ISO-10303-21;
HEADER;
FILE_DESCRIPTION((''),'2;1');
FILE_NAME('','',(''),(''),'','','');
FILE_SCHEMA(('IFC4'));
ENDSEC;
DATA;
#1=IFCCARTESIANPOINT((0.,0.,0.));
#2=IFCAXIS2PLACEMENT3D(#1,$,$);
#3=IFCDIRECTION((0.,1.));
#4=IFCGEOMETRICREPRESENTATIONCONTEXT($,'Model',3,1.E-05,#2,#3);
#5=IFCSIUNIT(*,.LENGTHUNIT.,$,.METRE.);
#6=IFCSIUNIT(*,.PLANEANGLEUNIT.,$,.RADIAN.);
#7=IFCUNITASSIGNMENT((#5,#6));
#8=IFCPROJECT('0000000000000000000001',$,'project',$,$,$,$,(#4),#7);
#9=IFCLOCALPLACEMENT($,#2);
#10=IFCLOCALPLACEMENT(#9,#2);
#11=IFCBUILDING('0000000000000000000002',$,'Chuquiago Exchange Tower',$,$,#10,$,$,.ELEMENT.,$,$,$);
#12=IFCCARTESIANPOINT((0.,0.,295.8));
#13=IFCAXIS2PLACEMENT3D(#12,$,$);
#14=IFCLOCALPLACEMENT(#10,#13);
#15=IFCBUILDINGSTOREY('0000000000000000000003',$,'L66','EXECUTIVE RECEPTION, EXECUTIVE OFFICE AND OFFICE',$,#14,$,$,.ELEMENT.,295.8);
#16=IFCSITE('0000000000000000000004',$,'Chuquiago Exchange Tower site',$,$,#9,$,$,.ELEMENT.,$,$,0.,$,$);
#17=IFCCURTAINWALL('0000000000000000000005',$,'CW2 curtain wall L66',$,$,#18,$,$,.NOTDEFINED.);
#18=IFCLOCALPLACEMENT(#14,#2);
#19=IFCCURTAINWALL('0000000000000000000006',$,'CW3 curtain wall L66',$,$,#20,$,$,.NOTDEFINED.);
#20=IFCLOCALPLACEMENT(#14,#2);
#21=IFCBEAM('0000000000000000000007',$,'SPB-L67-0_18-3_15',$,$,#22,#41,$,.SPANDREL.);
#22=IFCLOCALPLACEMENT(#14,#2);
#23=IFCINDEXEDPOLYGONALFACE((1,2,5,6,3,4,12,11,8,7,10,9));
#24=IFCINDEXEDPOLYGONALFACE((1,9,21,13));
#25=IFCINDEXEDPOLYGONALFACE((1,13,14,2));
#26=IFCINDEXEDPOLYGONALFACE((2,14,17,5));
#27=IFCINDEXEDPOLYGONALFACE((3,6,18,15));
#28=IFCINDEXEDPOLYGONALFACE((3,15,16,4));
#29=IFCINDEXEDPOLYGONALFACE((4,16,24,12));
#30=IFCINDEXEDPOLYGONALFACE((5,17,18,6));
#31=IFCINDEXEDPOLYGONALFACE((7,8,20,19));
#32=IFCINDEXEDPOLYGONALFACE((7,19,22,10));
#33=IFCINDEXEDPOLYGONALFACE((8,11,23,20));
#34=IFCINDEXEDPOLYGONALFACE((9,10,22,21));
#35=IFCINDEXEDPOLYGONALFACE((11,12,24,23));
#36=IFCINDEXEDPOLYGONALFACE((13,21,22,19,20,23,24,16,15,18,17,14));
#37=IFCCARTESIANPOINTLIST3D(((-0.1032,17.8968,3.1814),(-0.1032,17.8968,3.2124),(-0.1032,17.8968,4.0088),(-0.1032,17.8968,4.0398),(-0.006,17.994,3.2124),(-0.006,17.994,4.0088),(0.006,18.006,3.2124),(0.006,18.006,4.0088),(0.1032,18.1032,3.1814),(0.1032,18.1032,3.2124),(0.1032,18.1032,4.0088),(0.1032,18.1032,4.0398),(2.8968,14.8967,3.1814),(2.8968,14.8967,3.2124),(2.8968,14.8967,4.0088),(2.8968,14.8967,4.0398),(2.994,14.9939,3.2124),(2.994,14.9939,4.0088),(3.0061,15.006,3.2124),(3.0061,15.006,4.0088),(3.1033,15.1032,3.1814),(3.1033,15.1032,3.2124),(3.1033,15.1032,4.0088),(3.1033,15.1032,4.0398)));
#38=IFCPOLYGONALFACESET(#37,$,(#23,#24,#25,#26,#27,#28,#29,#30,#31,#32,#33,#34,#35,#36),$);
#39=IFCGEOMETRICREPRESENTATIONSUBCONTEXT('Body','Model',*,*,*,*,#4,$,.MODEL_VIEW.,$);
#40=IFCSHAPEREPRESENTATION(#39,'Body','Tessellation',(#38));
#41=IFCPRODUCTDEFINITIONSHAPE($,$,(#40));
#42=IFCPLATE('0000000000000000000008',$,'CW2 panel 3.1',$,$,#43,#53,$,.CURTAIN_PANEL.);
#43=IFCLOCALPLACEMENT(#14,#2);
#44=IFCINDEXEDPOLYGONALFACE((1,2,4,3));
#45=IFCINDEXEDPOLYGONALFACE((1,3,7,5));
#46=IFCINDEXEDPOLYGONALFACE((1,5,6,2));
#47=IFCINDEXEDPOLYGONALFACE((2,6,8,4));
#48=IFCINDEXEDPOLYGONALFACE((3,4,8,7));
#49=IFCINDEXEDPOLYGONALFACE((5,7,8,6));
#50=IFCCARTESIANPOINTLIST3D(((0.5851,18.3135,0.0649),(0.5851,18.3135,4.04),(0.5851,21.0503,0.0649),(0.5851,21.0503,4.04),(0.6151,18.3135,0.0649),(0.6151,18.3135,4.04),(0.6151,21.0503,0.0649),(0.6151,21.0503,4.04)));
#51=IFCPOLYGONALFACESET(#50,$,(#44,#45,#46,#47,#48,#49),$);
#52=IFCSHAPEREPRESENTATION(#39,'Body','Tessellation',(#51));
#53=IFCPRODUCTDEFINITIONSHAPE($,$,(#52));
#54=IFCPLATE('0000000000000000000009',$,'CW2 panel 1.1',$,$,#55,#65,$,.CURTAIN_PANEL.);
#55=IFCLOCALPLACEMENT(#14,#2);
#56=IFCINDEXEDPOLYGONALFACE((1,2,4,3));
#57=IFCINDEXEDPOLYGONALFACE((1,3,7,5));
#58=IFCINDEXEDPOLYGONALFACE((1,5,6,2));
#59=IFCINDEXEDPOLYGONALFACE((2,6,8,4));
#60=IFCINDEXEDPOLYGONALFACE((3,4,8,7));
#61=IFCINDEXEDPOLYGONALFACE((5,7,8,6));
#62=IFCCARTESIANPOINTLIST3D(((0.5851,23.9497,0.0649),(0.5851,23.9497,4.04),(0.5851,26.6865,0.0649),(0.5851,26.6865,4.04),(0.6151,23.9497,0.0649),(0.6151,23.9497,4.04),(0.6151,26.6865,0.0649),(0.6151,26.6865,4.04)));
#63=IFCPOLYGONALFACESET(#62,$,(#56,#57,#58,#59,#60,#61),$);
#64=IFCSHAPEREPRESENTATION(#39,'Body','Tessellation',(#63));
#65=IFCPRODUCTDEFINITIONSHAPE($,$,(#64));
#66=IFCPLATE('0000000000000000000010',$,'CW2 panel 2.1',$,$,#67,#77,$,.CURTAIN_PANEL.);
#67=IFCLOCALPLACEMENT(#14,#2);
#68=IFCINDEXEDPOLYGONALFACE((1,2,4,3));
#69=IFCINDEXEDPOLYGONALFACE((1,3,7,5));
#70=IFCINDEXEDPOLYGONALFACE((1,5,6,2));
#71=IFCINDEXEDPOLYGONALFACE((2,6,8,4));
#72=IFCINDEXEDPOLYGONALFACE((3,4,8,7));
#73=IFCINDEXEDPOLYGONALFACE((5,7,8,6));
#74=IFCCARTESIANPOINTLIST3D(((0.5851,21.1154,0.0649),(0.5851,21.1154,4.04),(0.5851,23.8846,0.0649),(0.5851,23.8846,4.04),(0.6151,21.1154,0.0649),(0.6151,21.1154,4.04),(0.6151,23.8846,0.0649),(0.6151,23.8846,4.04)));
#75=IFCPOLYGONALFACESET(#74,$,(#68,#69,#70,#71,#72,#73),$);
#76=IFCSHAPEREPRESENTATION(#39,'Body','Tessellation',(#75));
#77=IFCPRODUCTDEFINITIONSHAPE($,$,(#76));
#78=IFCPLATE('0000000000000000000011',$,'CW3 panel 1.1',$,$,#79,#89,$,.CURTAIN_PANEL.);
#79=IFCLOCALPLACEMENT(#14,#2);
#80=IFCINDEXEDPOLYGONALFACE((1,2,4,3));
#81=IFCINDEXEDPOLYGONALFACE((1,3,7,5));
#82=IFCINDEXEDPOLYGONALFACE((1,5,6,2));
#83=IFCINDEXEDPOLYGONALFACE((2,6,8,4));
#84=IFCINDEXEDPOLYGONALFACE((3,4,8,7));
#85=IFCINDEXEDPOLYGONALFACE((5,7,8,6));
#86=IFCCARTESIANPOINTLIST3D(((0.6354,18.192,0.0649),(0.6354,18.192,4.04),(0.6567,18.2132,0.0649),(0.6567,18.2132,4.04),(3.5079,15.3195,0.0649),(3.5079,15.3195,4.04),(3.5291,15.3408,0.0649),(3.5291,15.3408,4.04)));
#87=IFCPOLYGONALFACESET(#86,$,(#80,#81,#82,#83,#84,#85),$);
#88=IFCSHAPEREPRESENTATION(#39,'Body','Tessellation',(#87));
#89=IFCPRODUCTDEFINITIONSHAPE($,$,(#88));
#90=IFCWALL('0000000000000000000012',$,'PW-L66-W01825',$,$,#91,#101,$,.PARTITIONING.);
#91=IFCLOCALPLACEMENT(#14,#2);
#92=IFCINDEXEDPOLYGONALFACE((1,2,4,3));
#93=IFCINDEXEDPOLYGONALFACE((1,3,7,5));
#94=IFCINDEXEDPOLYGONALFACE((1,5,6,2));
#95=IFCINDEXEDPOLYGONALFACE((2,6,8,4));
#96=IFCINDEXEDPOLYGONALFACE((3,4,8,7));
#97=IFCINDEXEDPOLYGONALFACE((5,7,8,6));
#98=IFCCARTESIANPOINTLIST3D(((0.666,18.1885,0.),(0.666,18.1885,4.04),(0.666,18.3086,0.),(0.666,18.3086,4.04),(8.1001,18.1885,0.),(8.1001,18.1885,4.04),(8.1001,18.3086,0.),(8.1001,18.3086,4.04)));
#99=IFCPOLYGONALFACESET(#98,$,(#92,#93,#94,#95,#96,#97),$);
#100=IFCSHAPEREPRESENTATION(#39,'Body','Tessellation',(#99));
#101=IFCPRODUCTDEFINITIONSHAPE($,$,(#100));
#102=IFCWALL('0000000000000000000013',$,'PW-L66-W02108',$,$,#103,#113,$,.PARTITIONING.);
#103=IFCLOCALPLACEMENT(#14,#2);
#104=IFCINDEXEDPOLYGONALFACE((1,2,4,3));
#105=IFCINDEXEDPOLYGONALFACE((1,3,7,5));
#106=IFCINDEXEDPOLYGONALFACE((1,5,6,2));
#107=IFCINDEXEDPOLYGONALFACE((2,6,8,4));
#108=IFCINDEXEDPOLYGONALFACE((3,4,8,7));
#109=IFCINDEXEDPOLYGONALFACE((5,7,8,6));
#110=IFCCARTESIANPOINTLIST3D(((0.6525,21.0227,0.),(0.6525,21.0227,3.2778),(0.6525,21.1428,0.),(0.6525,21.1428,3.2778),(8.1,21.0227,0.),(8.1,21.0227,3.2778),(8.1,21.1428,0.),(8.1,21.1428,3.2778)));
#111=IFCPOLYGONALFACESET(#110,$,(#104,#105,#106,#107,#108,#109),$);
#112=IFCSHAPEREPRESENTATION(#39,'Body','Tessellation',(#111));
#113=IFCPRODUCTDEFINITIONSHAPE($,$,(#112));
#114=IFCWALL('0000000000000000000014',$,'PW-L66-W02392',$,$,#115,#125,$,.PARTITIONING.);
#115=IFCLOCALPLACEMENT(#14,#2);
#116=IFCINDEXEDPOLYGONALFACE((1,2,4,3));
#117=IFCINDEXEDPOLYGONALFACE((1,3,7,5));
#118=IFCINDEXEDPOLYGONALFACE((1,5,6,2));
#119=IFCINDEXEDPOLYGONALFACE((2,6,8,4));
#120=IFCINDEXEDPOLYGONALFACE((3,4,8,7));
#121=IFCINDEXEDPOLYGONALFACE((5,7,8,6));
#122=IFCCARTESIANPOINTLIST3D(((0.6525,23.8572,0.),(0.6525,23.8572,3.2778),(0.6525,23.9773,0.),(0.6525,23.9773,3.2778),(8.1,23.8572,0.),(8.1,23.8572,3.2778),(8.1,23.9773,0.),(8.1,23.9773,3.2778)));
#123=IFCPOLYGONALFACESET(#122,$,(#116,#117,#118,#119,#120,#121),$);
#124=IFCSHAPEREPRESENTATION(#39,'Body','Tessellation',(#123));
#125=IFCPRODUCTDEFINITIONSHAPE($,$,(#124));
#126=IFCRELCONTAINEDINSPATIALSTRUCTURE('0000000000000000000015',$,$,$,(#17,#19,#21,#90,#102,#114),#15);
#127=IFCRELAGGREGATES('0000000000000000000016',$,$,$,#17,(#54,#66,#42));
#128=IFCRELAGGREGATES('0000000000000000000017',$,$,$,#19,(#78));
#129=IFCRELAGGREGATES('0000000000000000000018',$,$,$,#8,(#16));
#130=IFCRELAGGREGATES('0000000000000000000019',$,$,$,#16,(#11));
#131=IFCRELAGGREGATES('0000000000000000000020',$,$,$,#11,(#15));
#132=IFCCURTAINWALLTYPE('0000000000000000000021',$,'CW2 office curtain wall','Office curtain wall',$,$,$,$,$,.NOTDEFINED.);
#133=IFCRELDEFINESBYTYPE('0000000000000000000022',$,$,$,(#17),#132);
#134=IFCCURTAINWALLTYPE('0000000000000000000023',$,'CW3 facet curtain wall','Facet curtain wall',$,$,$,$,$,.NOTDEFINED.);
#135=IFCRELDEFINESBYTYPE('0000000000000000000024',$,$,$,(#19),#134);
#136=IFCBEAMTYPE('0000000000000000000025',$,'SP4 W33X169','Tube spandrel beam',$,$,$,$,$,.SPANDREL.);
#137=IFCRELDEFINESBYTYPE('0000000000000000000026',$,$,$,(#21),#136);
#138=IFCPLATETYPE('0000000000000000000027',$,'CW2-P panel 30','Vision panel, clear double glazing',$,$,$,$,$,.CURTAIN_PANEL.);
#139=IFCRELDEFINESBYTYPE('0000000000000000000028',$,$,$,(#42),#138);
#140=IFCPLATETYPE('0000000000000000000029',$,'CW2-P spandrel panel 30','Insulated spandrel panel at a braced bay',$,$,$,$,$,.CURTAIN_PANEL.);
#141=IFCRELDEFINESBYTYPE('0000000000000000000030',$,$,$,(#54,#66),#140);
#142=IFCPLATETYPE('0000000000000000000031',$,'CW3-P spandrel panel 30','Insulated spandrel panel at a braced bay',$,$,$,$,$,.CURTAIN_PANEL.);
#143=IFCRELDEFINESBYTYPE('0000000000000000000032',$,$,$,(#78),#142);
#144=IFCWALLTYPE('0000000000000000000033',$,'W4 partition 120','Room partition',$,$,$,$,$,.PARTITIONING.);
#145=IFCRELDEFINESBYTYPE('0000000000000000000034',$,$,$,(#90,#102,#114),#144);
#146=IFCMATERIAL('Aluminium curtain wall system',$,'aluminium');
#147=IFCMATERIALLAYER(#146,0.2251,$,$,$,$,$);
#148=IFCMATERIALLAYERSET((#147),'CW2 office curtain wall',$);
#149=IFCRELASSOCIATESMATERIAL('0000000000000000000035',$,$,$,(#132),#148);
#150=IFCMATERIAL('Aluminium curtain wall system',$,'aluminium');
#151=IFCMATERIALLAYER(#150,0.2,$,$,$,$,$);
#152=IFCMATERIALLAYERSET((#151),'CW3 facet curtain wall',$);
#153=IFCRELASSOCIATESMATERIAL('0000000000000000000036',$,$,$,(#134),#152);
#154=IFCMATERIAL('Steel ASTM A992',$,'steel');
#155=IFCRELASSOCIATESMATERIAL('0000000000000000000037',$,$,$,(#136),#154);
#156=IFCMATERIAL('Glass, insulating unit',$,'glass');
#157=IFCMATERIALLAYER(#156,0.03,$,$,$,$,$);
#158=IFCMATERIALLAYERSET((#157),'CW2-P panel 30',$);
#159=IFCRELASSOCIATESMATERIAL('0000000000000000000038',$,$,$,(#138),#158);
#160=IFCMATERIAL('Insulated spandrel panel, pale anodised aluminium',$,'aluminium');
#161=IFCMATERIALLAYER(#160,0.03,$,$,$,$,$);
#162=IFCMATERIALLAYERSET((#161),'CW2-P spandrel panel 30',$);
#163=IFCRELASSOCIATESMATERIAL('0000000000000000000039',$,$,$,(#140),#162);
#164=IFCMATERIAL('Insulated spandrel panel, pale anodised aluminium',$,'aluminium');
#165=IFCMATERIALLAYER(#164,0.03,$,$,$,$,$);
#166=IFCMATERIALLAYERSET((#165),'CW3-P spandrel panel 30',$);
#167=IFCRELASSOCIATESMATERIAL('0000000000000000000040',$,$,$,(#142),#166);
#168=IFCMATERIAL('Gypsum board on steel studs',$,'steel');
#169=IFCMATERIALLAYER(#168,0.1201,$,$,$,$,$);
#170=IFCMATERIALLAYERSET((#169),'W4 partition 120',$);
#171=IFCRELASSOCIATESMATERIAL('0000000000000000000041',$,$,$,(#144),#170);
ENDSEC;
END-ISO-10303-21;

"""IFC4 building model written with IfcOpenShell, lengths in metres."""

from ifc_helpers import new_model, si_unit, direction, frame, frame_2d, origin, origin_2d, place, context, subcontext, project, spatial, rectangle, i_section, extrude, material, layer, layer_set, material_profile, profile_set, type_object, element, aggregate, save


model = new_model("IFC4")

# Units and contexts
model_context = context("Model", 3, precision=1e-05, world=origin(), true_north=direction((0.0, 1.0)))
body_context = subcontext(model_context, "Body", "Model", "MODEL_VIEW")
ifc_project = project(units=[si_unit("LENGTHUNIT", "METRE"), si_unit("PLANEANGLEUNIT", "RADIAN")], contexts=[model_context])

# Site, building, storey
site_placement = place(None, origin())
site = spatial("IfcSite", under=ifc_project, at=site_placement, Name="Chuquiago Exchange Tower site", CompositionType="ELEMENT", RefElevation=0.0)
building_placement = place(site_placement, origin())
building = spatial("IfcBuilding", under=site, at=building_placement, Name="Chuquiago Exchange Tower", CompositionType="ELEMENT")
storey_placement = place(building_placement, frame((0.0, 0.0, 295.8)))
storey = spatial("IfcBuildingStorey", under=building, at=storey_placement, Name="L66", Description="EXECUTIVE RECEPTION, EXECUTIVE OFFICE AND OFFICE", CompositionType="ELEMENT", Elevation=295.8)

# Curtain walls
ifc_material_1 = material(Name="Aluminium curtain wall system", Category="aluminium")
ifc_layer_1 = layer(ifc_material_1, 0.2251)
ifc_layer_set_1 = layer_set([ifc_layer_1], Name="CW2 office curtain wall")
curtain_wall_type_1 = type_object("IfcCurtainWallType", Name="CW2 office curtain wall", Description="Office curtain wall", PredefinedType="NOTDEFINED", material=ifc_layer_set_1)
curtain_wall_1_placement = place(storey_placement, origin())
curtain_wall_1 = element("IfcCurtainWall", 1, at=curtain_wall_1_placement, inside=storey, type_object=curtain_wall_type_1, Name="CW2 curtain wall L66", PredefinedType="NOTDEFINED")
ifc_material_2 = material(Name="Aluminium curtain wall system", Category="aluminium")
ifc_layer_2 = layer(ifc_material_2, 0.2)
ifc_layer_set_2 = layer_set([ifc_layer_2], Name="CW3 facet curtain wall")
curtain_wall_type_2 = type_object("IfcCurtainWallType", Name="CW3 facet curtain wall", Description="Facet curtain wall", PredefinedType="NOTDEFINED", material=ifc_layer_set_2)
curtain_wall_2_placement = place(storey_placement, origin())
curtain_wall_2 = element("IfcCurtainWall", 2, at=curtain_wall_2_placement, inside=storey, type_object=curtain_wall_type_2, Name="CW3 curtain wall L66", PredefinedType="NOTDEFINED")

# Beam
ifc_material_3 = material(Name="Steel ASTM A992", Category="steel")
ifc_material_profile_1 = material_profile(ifc_material_3, i_section(OverallWidth=0.292, OverallDepth=0.8584, WebThickness=0.0171, FlangeThickness=0.031, at=origin_2d()), Name="W33X169")
ifc_profile_set_1 = profile_set([ifc_material_profile_1], Name="Steel ASTM A992")
beam_type_1 = type_object("IfcBeamType", Name="SP4 W33X169", Description="Tube spandrel beam", PredefinedType="SPANDREL", material=ifc_profile_set_1)
beam_1_placement = place(storey_placement, frame((0.0, 18.0, 3.6106), z_axis=(0.707107, -0.707107, 0.0), x_axis=(0.707107, 0.707107, 0.0)))
element("IfcBeam", 3, at=beam_1_placement, inside=storey, type_object=beam_type_1, Name="SPB-L67-0_18-3_15", PredefinedType="SPANDREL", context=body_context, shape_type="SweptSolid", body=[
    extrude(i_section(OverallWidth=0.292, OverallDepth=0.8584, WebThickness=0.0171, FlangeThickness=0.031, at=origin_2d()), origin(), (0.0, 0.0, 1.0), 4.2427),
])

# Plates
ifc_material_4 = material(Name="Glass, insulating unit", Category="glass")
ifc_layer_3 = layer(ifc_material_4, 0.03)
ifc_layer_set_3 = layer_set([ifc_layer_3], Name="CW2-P panel 30")
plate_type_1 = type_object("IfcPlateType", Name="CW2-P panel 30", Description="Vision panel, clear double glazing", PredefinedType="CURTAIN_PANEL", material=ifc_layer_set_3)
plate_1_placement = place(storey_placement, frame((0.6001, 19.6819, 0.0649), z_axis=(0.0, 0.0, 1.0), x_axis=(0.0, -1.0, 0.0)))
plate_1 = element("IfcPlate", 4, at=plate_1_placement, type_object=plate_type_1, Name="CW2 panel 3.1", PredefinedType="CURTAIN_PANEL", context=body_context, shape_type="SweptSolid", body=[
    extrude(rectangle(XDim=2.7368, YDim=0.03, at=origin_2d()), origin(), (0.0, 0.0, 1.0), 3.9751),
])
ifc_material_5 = material(Name="Insulated spandrel panel, pale anodised aluminium", Category="aluminium")
ifc_layer_4 = layer(ifc_material_5, 0.03)
ifc_layer_set_4 = layer_set([ifc_layer_4], Name="CW2-P spandrel panel 30")
plate_type_2 = type_object("IfcPlateType", Name="CW2-P spandrel panel 30", Description="Insulated spandrel panel at a braced bay", PredefinedType="CURTAIN_PANEL", material=ifc_layer_set_4)
plate_2_placement = place(storey_placement, frame((0.6001, 25.3181, 0.0649), z_axis=(0.0, 0.0, 1.0), x_axis=(0.0, -1.0, 0.0)))
plate_2 = element("IfcPlate", 5, at=plate_2_placement, type_object=plate_type_2, Name="CW2 panel 1.1", PredefinedType="CURTAIN_PANEL", context=body_context, shape_type="SweptSolid", body=[
    extrude(rectangle(XDim=2.7368, YDim=0.03, at=origin_2d()), origin(), (0.0, 0.0, 1.0), 3.9751),
])
plate_3_placement = place(storey_placement, frame((0.6001, 22.5, 0.0649), z_axis=(0.0, 0.0, 1.0), x_axis=(0.0, -1.0, 0.0)))
plate_3 = element("IfcPlate", 6, at=plate_3_placement, type_object=plate_type_2, Name="CW2 panel 2.1", PredefinedType="CURTAIN_PANEL", context=body_context, shape_type="SweptSolid", body=[
    extrude(rectangle(XDim=2.7693, YDim=0.03, at=origin_2d()), origin(), (0.0, 0.0, 1.0), 3.9751),
])
aggregate(curtain_wall_1, [plate_2, plate_3, plate_1])
ifc_material_6 = material(Name="Insulated spandrel panel, pale anodised aluminium", Category="aluminium")
ifc_layer_5 = layer(ifc_material_6, 0.03)
ifc_layer_set_5 = layer_set([ifc_layer_5], Name="CW3-P spandrel panel 30")
plate_type_3 = type_object("IfcPlateType", Name="CW3-P spandrel panel 30", Description="Insulated spandrel panel at a braced bay", PredefinedType="CURTAIN_PANEL", material=ifc_layer_set_5)
plate_4_placement = place(storey_placement, frame((2.0823, 16.7664, 0.0649), z_axis=(0.0, 0.0, 1.0), x_axis=(0.707107, -0.707107, 0.0)))
plate_4 = element("IfcPlate", 7, at=plate_4_placement, type_object=plate_type_3, Name="CW3 panel 1.1", PredefinedType="CURTAIN_PANEL", context=body_context, shape_type="SweptSolid", body=[
    extrude(rectangle(XDim=4.0623, YDim=0.03, at=origin_2d()), origin(), (0.0, 0.0, 1.0), 3.9751),
])
aggregate(curtain_wall_2, [plate_4])

# Walls
ifc_material_7 = material(Name="Gypsum board on steel studs", Category="steel")
ifc_layer_6 = layer(ifc_material_7, 0.1201)
ifc_layer_set_6 = layer_set([ifc_layer_6], Name="W4 partition 120")
wall_type = type_object("IfcWallType", Name="W4 partition 120", Description="Room partition", PredefinedType="PARTITIONING", material=ifc_layer_set_6)
wall_1_placement = place(storey_placement, frame((0.666, 18.2485, 0.0), z_axis=(0.0, 0.0, 1.0), x_axis=(1.0, 0.0, 0.0)))
element("IfcWall", 8, at=wall_1_placement, inside=storey, type_object=wall_type, Name="PW-L66-W01825", PredefinedType="PARTITIONING", context=body_context, shape_type="SweptSolid", body=[
    extrude(rectangle(XDim=7.4341, YDim=0.1201, at=frame_2d((3.717, 0.0))), origin(), (0.0, 0.0, 1.0), 4.04),
])
for number, where, z_axis, x_axis, name in (
    (9, (0.6526, 21.0828, 0.0), (0.0, 0.0, 1.0), (1.0, 0.0, 0.0), "PW-L66-W02108"),
    (10, (0.6526, 23.9172, 0.0), (0.0, 0.0, 1.0), (1.0, 0.0, 0.0), "PW-L66-W02392"),
):
    element("IfcWall", number, at=place(storey_placement, frame(where, z_axis=z_axis, x_axis=x_axis)), inside=storey, type_object=wall_type, Name=name, PredefinedType="PARTITIONING", context=body_context, shape_type="SweptSolid", body=[
        extrude(rectangle(XDim=7.4475, YDim=0.1201, at=frame_2d((3.7236, 0.0))), origin(), (0.0, 0.0, 1.0), 3.2778),
    ])

save(model, "model.ifc")
